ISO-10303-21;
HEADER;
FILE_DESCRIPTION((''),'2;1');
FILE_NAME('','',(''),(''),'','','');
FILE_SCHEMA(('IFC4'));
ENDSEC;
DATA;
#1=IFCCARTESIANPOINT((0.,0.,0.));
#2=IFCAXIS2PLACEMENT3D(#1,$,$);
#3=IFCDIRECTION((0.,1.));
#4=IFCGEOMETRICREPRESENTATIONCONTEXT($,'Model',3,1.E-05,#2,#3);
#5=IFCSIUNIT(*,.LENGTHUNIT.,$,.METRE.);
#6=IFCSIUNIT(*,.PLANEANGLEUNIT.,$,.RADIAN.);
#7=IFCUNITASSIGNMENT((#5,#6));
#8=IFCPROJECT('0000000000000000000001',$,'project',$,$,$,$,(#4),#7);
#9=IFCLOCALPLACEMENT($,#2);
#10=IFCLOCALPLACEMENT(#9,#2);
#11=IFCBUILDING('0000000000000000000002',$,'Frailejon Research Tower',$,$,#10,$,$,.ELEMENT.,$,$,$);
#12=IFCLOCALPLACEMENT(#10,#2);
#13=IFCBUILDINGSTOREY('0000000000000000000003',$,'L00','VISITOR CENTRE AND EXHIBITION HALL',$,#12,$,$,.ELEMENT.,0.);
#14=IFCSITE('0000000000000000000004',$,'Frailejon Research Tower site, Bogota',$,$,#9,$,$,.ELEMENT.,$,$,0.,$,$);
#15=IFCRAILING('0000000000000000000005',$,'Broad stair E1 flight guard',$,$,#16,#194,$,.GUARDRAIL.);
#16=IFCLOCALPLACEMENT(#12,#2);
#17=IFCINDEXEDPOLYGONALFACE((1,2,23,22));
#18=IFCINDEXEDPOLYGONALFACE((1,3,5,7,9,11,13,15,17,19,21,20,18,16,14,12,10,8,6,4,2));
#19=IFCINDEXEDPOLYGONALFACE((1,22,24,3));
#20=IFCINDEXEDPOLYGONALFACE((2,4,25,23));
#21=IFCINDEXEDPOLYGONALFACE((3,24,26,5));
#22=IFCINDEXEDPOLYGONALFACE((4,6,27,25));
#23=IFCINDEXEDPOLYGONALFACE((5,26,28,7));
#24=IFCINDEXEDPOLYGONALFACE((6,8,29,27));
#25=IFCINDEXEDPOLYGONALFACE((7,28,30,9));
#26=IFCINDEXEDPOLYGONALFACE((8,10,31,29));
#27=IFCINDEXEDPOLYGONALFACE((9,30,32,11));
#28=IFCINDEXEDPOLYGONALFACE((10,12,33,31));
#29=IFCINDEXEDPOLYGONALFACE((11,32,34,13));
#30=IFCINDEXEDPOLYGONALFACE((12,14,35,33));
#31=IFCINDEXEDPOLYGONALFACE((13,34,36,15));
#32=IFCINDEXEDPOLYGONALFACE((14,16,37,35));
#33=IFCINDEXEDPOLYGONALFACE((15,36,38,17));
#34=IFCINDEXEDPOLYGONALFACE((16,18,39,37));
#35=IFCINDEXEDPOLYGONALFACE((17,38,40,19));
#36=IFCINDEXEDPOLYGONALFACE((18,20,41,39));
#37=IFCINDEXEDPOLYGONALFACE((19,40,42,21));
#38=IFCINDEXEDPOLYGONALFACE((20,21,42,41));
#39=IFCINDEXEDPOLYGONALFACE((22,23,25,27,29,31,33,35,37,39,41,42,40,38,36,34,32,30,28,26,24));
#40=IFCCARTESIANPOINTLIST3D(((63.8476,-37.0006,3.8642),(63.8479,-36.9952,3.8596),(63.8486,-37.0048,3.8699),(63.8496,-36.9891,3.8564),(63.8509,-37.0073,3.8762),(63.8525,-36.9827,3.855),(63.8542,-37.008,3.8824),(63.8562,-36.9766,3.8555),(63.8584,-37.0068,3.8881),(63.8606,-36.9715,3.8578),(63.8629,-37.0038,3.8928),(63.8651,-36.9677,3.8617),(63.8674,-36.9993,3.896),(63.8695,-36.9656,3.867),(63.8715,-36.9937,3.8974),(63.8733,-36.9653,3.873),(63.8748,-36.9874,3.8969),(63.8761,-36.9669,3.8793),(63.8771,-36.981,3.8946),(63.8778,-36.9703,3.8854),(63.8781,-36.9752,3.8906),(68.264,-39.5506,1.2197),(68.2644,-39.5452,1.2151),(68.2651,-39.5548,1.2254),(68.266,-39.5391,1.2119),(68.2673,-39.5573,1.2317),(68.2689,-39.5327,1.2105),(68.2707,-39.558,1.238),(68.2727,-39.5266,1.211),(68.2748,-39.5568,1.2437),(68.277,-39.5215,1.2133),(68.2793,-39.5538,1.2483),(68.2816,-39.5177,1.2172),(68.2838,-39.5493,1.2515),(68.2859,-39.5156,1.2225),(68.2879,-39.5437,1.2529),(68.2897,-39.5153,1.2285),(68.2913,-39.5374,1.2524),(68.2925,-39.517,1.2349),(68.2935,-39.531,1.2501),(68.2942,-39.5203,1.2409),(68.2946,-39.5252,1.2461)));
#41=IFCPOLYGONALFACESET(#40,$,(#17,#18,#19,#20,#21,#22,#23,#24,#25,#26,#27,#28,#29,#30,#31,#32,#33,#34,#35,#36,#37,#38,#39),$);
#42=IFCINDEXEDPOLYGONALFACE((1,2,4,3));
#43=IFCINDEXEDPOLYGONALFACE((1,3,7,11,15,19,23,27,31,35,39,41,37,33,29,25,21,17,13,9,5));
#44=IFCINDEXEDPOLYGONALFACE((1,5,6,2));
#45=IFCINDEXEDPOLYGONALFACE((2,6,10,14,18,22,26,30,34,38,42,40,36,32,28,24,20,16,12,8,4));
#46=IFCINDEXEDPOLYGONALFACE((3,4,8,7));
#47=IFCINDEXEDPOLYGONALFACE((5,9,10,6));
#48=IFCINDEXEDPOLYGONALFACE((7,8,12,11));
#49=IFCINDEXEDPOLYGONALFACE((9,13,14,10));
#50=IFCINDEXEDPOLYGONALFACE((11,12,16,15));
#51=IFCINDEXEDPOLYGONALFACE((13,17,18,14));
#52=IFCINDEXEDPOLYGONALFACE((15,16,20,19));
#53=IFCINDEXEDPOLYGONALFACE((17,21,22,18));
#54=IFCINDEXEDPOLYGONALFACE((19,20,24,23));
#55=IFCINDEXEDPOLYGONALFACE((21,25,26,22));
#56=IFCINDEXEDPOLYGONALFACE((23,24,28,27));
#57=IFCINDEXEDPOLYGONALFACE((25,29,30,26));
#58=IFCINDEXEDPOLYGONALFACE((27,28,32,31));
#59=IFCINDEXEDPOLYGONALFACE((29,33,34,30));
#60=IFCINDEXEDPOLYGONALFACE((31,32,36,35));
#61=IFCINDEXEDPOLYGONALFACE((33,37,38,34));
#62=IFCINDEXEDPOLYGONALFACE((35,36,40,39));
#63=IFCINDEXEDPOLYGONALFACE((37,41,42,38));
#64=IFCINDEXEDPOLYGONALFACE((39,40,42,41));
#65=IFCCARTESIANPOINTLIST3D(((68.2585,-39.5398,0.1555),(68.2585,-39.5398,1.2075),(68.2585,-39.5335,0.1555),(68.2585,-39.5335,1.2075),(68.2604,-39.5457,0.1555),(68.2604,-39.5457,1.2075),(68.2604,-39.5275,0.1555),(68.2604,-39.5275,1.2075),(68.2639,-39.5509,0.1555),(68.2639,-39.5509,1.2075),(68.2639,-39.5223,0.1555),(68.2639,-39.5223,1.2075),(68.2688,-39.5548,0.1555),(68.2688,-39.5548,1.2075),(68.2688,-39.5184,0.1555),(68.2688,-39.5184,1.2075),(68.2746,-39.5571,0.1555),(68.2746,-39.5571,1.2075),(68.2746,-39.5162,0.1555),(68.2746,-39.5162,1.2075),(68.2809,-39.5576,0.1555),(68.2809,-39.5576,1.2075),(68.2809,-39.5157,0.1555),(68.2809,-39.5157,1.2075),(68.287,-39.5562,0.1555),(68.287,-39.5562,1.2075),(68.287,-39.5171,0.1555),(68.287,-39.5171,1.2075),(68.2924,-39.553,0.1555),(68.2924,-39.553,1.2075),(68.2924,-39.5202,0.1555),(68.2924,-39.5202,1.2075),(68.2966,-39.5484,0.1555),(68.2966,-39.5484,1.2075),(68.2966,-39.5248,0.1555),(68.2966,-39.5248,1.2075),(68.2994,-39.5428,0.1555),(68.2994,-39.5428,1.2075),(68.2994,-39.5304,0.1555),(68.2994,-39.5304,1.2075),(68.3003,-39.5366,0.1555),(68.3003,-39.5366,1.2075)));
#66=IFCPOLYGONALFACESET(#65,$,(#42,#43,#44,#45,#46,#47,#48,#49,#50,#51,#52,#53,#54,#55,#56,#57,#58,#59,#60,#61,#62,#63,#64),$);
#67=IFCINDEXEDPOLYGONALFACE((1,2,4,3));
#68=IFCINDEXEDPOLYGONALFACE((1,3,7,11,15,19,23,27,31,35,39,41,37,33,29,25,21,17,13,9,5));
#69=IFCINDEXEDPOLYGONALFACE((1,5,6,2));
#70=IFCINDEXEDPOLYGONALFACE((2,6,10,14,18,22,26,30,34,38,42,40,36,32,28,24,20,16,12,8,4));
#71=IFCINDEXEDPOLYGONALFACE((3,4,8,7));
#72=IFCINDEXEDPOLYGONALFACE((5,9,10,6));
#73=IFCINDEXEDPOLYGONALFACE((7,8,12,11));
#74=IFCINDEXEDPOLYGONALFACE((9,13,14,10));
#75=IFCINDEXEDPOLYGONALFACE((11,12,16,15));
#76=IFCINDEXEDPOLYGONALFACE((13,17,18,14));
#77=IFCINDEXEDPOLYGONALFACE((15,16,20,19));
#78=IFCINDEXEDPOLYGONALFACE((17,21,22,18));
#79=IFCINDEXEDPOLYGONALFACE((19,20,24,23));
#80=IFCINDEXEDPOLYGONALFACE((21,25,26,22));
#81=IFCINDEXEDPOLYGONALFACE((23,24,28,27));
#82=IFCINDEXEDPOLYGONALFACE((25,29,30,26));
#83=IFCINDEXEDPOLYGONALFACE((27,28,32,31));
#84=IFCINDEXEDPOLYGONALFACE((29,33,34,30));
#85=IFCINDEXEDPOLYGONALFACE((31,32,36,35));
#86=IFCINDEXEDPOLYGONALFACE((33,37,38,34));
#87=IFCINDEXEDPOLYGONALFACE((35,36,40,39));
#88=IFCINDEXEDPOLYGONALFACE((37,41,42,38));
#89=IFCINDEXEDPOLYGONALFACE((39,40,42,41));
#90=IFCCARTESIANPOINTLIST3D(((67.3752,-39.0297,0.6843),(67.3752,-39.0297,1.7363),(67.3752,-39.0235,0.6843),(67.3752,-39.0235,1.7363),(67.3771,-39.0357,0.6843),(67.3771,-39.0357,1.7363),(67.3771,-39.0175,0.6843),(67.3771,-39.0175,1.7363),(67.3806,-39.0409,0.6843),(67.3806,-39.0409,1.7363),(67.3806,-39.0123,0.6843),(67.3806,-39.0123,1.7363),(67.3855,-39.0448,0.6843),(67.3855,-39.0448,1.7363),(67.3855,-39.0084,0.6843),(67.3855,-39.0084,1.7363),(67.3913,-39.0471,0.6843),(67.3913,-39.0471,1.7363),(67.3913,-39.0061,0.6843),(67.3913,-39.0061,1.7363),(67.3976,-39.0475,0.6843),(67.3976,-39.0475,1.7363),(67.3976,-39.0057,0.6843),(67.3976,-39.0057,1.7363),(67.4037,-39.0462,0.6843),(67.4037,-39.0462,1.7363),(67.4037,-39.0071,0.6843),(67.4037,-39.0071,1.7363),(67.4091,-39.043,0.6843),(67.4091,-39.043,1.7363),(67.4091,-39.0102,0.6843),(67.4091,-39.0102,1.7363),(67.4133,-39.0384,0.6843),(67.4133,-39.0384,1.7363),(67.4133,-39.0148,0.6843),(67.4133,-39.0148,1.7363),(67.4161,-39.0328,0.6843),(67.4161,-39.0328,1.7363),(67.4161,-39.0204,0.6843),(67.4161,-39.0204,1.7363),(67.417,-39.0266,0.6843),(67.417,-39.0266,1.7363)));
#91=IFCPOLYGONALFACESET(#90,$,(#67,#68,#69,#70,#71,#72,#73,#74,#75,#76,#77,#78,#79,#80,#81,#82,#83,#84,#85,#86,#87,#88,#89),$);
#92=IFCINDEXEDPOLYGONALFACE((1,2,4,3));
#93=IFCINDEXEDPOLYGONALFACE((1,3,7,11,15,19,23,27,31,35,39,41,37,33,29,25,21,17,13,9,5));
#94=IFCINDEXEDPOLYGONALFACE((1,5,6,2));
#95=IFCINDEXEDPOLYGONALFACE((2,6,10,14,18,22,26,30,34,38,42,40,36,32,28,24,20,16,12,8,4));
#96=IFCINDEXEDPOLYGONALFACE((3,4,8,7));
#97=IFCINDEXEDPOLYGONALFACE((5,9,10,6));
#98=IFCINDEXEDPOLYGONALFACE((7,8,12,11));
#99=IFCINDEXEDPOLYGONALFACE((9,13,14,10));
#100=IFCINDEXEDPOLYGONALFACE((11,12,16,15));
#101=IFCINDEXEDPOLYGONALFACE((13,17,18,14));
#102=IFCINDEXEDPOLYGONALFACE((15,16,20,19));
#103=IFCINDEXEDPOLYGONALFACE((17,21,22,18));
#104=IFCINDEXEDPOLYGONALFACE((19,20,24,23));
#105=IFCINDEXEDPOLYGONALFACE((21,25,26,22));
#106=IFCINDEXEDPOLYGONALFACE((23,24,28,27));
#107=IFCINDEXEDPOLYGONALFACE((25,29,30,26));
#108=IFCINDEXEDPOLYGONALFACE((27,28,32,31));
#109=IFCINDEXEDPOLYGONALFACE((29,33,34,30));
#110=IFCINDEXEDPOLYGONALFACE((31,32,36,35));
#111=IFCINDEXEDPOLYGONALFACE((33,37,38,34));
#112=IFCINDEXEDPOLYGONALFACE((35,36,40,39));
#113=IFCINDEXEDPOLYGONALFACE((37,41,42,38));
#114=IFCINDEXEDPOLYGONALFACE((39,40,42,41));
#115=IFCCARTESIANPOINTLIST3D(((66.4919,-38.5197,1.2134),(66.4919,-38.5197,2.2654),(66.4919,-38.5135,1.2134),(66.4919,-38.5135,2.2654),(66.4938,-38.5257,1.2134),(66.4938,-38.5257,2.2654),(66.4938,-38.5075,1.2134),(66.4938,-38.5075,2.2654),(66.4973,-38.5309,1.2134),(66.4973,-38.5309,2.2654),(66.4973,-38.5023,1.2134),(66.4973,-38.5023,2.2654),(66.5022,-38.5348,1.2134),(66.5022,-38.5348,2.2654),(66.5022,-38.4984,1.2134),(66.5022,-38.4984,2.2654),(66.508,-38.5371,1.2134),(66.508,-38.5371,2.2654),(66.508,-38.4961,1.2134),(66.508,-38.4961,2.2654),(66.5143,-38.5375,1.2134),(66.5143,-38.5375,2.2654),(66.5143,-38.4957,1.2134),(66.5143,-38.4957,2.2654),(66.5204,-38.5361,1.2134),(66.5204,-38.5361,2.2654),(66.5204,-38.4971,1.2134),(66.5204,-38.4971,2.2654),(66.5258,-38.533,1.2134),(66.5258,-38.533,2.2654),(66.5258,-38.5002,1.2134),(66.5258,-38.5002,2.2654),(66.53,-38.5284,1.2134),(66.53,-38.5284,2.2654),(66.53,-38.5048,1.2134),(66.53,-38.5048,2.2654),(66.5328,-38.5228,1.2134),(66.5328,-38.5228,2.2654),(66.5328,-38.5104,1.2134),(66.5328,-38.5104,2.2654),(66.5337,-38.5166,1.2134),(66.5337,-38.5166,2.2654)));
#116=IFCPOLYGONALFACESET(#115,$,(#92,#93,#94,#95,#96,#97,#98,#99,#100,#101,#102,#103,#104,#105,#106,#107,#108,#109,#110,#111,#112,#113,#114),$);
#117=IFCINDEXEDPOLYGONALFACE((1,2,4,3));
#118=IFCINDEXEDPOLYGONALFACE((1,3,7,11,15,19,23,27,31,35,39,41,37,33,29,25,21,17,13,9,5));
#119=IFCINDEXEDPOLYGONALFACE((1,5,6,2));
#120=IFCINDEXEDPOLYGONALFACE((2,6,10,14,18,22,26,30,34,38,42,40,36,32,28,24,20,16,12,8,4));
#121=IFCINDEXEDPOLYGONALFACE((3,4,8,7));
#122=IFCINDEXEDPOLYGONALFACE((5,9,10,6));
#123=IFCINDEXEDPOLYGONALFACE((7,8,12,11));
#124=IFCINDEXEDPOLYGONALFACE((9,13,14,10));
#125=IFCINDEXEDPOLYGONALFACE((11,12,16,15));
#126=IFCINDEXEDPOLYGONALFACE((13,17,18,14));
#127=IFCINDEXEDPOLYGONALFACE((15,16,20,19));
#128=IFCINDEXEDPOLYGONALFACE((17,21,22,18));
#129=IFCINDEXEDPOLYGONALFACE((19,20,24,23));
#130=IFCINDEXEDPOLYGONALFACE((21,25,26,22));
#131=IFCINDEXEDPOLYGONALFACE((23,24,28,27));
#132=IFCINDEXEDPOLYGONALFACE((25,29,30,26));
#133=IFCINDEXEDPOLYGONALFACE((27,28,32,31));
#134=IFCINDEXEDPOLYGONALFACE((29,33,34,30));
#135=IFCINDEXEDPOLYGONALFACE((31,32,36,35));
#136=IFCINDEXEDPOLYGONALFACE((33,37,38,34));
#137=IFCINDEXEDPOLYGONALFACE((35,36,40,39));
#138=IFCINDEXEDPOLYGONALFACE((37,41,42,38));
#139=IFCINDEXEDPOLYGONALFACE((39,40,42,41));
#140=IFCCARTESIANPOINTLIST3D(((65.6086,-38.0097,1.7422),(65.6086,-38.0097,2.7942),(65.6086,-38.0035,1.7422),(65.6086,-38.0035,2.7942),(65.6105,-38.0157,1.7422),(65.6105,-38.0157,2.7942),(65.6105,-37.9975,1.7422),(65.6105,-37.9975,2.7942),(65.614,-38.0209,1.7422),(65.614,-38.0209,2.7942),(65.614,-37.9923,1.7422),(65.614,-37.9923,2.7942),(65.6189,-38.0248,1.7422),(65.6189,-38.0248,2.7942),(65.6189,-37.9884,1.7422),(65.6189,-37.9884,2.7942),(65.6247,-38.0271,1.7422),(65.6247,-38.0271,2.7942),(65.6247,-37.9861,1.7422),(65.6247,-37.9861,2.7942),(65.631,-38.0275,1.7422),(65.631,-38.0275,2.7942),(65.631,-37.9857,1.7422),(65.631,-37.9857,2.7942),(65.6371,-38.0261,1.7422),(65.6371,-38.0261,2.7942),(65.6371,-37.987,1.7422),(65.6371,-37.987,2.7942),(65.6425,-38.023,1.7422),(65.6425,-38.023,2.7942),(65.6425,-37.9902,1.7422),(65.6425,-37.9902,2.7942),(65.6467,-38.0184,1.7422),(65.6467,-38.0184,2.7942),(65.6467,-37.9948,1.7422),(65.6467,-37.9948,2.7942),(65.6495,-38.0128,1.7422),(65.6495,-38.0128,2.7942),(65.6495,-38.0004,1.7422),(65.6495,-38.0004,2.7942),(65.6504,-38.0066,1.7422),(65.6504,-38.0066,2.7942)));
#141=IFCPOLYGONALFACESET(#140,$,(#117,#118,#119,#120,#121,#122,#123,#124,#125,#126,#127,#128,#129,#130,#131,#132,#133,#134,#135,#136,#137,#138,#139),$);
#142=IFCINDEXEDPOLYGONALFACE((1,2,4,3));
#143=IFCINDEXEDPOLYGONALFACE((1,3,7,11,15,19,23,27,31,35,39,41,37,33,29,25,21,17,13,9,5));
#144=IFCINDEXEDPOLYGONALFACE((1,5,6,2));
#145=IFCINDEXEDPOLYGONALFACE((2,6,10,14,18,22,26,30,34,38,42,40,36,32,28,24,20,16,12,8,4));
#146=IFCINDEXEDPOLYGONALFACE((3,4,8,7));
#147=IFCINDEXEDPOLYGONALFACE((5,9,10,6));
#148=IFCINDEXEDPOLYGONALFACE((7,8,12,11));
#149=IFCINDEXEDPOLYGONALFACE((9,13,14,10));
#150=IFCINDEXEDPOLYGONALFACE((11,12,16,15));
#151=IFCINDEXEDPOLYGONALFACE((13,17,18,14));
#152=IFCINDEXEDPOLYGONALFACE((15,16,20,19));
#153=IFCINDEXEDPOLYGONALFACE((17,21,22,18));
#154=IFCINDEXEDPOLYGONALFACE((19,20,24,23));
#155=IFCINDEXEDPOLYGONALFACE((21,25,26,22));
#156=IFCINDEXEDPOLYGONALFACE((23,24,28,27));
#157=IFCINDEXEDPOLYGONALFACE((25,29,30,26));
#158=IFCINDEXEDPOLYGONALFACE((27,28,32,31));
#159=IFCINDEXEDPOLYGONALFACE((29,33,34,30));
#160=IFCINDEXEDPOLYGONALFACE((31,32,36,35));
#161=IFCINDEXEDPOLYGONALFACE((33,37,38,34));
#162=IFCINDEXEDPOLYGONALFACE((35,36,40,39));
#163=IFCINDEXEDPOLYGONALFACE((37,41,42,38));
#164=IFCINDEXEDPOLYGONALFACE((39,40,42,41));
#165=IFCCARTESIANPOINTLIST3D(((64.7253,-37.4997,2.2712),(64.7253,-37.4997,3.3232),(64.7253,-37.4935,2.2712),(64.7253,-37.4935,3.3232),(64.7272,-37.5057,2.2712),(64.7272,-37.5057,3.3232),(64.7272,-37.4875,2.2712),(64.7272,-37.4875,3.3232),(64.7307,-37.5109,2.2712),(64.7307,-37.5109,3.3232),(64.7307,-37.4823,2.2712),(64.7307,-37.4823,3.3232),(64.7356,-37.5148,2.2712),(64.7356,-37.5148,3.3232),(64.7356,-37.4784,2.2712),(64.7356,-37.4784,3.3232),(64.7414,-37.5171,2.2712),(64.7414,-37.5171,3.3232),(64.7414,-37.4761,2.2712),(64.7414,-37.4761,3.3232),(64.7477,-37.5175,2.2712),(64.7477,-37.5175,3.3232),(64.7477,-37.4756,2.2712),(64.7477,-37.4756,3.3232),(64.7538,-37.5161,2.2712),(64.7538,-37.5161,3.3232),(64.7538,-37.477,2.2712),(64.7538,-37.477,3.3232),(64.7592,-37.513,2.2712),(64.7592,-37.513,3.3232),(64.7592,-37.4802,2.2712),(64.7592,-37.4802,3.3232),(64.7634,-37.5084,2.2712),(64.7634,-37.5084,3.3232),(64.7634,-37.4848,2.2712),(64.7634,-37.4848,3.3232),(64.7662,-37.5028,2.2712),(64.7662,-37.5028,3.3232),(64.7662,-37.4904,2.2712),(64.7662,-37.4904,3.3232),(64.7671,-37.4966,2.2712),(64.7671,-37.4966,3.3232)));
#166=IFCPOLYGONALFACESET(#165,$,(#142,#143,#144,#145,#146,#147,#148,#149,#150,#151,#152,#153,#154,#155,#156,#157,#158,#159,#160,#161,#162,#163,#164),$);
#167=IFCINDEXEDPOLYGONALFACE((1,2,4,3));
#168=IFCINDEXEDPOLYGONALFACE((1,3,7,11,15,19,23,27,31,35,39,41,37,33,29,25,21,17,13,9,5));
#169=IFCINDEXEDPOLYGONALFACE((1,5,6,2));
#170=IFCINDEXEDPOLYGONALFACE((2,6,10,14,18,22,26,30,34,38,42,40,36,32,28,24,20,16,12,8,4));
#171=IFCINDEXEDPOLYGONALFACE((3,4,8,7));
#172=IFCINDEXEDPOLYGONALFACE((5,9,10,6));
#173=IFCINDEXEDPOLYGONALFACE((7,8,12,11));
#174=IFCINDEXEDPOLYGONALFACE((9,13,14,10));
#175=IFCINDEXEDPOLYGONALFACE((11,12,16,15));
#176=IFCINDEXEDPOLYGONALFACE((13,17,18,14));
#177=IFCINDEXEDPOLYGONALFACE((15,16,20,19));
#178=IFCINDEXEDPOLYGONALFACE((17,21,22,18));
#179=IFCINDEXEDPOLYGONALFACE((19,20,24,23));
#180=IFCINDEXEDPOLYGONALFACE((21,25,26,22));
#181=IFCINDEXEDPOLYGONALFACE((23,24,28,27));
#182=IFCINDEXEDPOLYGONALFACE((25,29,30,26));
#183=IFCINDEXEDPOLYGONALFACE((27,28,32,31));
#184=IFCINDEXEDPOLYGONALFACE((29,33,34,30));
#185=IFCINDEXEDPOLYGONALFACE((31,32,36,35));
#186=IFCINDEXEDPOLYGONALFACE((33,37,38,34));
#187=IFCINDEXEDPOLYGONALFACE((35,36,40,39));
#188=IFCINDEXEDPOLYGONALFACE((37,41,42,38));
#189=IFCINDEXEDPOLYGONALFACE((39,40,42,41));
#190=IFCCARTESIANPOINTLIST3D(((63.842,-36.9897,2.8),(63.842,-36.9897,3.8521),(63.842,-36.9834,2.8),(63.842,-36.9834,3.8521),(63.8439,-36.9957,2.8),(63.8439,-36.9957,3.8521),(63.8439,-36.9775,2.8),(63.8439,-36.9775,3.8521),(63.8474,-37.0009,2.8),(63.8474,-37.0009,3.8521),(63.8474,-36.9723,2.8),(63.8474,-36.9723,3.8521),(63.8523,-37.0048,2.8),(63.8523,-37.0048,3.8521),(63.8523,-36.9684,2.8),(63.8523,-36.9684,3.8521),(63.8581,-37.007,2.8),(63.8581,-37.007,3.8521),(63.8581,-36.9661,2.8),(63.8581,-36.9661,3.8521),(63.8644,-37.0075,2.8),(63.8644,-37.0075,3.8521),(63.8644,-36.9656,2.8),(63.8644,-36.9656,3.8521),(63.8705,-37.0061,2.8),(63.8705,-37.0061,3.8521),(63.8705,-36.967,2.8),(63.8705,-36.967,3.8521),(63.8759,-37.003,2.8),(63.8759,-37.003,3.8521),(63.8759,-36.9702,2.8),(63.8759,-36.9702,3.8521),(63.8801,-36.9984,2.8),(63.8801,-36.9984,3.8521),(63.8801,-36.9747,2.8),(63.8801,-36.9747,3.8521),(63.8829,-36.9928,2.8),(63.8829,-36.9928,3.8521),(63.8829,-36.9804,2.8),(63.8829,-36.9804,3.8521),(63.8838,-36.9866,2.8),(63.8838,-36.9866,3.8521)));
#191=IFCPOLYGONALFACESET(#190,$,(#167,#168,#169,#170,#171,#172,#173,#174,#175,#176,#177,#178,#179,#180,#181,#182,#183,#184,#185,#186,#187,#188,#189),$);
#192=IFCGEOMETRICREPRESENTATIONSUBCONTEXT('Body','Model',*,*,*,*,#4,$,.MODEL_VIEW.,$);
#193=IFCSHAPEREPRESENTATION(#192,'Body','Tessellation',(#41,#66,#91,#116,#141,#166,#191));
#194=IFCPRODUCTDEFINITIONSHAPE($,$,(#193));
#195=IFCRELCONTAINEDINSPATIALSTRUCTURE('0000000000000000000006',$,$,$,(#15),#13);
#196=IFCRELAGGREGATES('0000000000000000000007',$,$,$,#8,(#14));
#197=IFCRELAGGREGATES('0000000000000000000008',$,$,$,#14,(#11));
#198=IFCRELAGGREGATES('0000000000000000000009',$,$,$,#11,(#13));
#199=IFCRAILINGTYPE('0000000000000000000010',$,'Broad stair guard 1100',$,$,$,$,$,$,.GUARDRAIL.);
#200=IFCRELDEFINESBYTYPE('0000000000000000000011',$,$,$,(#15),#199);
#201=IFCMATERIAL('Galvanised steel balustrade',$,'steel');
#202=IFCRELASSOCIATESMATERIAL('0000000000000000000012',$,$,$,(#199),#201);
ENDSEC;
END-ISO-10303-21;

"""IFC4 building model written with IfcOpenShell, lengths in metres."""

from ifc_helpers import new_model, si_unit, direction, frame, origin, origin_2d, place, context, subcontext, project, spatial, circle, extrude, material, type_object, element, save


model = new_model("IFC4")

# Units and contexts
model_context = context("Model", 3, precision=1e-05, world=origin(), true_north=direction((0.0, 1.0)))
body_context = subcontext(model_context, "Body", "Model", "MODEL_VIEW")
ifc_project = project(units=[si_unit("LENGTHUNIT", "METRE"), si_unit("PLANEANGLEUNIT", "RADIAN")], contexts=[model_context])

# Site, building, storey
site_placement = place(None, origin())
site = spatial("IfcSite", under=ifc_project, at=site_placement, Name="Frailejon Research Tower site, Bogota", CompositionType="ELEMENT", RefElevation=0.0)
building_placement = place(site_placement, origin())
building = spatial("IfcBuilding", under=site, at=building_placement, Name="Frailejon Research Tower", CompositionType="ELEMENT")
storey_placement = place(building_placement, origin())
storey = spatial("IfcBuildingStorey", under=building, at=storey_placement, Name="L00", Description="VISITOR CENTRE AND EXHIBITION HALL", CompositionType="ELEMENT", Elevation=0.0)

# Railing
ifc_material_1 = material(Name="Galvanised steel balustrade", Category="steel")
railing_type_1 = type_object("IfcRailingType", Name="Broad stair guard 1100", PredefinedType="GUARDRAIL", material=ifc_material_1)
railing_1_placement = place(storey_placement, frame((68.2793, -39.5366, 0.1555)))
element("IfcRailing", 1, at=railing_1_placement, inside=storey, type_object=railing_type_1, Name="Broad stair E1 flight guard", PredefinedType="GUARDRAIL", context=body_context, shape_type="SweptSolid", body=[
    extrude(circle(Radius=0.0239, at=origin_2d()), frame((0.0, 0.0, 1.0762), z_axis=(-0.768794, 0.443894, 0.460341), x_axis=(-0.500026, -0.86601, 0.0)), (0.0, 0.0, 1.0), 5.7446),
    extrude(circle(Radius=0.021, at=origin_2d()), origin(), (0.0, 0.0, 1.0), 1.052),
    extrude(circle(Radius=0.021, at=origin_2d()), frame((-0.8833, 0.51, 0.5288)), (0.0, 0.0, 1.0), 1.052),
    extrude(circle(Radius=0.021, at=origin_2d()), frame((-1.7666, 1.02, 1.0579)), (0.0, 0.0, 1.0), 1.052),
    extrude(circle(Radius=0.021, at=origin_2d()), frame((-2.6499, 1.53, 1.5867)), (0.0, 0.0, 1.0), 1.052),
    extrude(circle(Radius=0.021, at=origin_2d()), frame((-3.5332, 2.04, 2.1157)), (0.0, 0.0, 1.0), 1.052),
    extrude(circle(Radius=0.021, at=origin_2d()), frame((-4.4165, 2.55, 2.6445)), (0.0, 0.0, 1.0), 1.052),
])

save(model, "model.ifc")
